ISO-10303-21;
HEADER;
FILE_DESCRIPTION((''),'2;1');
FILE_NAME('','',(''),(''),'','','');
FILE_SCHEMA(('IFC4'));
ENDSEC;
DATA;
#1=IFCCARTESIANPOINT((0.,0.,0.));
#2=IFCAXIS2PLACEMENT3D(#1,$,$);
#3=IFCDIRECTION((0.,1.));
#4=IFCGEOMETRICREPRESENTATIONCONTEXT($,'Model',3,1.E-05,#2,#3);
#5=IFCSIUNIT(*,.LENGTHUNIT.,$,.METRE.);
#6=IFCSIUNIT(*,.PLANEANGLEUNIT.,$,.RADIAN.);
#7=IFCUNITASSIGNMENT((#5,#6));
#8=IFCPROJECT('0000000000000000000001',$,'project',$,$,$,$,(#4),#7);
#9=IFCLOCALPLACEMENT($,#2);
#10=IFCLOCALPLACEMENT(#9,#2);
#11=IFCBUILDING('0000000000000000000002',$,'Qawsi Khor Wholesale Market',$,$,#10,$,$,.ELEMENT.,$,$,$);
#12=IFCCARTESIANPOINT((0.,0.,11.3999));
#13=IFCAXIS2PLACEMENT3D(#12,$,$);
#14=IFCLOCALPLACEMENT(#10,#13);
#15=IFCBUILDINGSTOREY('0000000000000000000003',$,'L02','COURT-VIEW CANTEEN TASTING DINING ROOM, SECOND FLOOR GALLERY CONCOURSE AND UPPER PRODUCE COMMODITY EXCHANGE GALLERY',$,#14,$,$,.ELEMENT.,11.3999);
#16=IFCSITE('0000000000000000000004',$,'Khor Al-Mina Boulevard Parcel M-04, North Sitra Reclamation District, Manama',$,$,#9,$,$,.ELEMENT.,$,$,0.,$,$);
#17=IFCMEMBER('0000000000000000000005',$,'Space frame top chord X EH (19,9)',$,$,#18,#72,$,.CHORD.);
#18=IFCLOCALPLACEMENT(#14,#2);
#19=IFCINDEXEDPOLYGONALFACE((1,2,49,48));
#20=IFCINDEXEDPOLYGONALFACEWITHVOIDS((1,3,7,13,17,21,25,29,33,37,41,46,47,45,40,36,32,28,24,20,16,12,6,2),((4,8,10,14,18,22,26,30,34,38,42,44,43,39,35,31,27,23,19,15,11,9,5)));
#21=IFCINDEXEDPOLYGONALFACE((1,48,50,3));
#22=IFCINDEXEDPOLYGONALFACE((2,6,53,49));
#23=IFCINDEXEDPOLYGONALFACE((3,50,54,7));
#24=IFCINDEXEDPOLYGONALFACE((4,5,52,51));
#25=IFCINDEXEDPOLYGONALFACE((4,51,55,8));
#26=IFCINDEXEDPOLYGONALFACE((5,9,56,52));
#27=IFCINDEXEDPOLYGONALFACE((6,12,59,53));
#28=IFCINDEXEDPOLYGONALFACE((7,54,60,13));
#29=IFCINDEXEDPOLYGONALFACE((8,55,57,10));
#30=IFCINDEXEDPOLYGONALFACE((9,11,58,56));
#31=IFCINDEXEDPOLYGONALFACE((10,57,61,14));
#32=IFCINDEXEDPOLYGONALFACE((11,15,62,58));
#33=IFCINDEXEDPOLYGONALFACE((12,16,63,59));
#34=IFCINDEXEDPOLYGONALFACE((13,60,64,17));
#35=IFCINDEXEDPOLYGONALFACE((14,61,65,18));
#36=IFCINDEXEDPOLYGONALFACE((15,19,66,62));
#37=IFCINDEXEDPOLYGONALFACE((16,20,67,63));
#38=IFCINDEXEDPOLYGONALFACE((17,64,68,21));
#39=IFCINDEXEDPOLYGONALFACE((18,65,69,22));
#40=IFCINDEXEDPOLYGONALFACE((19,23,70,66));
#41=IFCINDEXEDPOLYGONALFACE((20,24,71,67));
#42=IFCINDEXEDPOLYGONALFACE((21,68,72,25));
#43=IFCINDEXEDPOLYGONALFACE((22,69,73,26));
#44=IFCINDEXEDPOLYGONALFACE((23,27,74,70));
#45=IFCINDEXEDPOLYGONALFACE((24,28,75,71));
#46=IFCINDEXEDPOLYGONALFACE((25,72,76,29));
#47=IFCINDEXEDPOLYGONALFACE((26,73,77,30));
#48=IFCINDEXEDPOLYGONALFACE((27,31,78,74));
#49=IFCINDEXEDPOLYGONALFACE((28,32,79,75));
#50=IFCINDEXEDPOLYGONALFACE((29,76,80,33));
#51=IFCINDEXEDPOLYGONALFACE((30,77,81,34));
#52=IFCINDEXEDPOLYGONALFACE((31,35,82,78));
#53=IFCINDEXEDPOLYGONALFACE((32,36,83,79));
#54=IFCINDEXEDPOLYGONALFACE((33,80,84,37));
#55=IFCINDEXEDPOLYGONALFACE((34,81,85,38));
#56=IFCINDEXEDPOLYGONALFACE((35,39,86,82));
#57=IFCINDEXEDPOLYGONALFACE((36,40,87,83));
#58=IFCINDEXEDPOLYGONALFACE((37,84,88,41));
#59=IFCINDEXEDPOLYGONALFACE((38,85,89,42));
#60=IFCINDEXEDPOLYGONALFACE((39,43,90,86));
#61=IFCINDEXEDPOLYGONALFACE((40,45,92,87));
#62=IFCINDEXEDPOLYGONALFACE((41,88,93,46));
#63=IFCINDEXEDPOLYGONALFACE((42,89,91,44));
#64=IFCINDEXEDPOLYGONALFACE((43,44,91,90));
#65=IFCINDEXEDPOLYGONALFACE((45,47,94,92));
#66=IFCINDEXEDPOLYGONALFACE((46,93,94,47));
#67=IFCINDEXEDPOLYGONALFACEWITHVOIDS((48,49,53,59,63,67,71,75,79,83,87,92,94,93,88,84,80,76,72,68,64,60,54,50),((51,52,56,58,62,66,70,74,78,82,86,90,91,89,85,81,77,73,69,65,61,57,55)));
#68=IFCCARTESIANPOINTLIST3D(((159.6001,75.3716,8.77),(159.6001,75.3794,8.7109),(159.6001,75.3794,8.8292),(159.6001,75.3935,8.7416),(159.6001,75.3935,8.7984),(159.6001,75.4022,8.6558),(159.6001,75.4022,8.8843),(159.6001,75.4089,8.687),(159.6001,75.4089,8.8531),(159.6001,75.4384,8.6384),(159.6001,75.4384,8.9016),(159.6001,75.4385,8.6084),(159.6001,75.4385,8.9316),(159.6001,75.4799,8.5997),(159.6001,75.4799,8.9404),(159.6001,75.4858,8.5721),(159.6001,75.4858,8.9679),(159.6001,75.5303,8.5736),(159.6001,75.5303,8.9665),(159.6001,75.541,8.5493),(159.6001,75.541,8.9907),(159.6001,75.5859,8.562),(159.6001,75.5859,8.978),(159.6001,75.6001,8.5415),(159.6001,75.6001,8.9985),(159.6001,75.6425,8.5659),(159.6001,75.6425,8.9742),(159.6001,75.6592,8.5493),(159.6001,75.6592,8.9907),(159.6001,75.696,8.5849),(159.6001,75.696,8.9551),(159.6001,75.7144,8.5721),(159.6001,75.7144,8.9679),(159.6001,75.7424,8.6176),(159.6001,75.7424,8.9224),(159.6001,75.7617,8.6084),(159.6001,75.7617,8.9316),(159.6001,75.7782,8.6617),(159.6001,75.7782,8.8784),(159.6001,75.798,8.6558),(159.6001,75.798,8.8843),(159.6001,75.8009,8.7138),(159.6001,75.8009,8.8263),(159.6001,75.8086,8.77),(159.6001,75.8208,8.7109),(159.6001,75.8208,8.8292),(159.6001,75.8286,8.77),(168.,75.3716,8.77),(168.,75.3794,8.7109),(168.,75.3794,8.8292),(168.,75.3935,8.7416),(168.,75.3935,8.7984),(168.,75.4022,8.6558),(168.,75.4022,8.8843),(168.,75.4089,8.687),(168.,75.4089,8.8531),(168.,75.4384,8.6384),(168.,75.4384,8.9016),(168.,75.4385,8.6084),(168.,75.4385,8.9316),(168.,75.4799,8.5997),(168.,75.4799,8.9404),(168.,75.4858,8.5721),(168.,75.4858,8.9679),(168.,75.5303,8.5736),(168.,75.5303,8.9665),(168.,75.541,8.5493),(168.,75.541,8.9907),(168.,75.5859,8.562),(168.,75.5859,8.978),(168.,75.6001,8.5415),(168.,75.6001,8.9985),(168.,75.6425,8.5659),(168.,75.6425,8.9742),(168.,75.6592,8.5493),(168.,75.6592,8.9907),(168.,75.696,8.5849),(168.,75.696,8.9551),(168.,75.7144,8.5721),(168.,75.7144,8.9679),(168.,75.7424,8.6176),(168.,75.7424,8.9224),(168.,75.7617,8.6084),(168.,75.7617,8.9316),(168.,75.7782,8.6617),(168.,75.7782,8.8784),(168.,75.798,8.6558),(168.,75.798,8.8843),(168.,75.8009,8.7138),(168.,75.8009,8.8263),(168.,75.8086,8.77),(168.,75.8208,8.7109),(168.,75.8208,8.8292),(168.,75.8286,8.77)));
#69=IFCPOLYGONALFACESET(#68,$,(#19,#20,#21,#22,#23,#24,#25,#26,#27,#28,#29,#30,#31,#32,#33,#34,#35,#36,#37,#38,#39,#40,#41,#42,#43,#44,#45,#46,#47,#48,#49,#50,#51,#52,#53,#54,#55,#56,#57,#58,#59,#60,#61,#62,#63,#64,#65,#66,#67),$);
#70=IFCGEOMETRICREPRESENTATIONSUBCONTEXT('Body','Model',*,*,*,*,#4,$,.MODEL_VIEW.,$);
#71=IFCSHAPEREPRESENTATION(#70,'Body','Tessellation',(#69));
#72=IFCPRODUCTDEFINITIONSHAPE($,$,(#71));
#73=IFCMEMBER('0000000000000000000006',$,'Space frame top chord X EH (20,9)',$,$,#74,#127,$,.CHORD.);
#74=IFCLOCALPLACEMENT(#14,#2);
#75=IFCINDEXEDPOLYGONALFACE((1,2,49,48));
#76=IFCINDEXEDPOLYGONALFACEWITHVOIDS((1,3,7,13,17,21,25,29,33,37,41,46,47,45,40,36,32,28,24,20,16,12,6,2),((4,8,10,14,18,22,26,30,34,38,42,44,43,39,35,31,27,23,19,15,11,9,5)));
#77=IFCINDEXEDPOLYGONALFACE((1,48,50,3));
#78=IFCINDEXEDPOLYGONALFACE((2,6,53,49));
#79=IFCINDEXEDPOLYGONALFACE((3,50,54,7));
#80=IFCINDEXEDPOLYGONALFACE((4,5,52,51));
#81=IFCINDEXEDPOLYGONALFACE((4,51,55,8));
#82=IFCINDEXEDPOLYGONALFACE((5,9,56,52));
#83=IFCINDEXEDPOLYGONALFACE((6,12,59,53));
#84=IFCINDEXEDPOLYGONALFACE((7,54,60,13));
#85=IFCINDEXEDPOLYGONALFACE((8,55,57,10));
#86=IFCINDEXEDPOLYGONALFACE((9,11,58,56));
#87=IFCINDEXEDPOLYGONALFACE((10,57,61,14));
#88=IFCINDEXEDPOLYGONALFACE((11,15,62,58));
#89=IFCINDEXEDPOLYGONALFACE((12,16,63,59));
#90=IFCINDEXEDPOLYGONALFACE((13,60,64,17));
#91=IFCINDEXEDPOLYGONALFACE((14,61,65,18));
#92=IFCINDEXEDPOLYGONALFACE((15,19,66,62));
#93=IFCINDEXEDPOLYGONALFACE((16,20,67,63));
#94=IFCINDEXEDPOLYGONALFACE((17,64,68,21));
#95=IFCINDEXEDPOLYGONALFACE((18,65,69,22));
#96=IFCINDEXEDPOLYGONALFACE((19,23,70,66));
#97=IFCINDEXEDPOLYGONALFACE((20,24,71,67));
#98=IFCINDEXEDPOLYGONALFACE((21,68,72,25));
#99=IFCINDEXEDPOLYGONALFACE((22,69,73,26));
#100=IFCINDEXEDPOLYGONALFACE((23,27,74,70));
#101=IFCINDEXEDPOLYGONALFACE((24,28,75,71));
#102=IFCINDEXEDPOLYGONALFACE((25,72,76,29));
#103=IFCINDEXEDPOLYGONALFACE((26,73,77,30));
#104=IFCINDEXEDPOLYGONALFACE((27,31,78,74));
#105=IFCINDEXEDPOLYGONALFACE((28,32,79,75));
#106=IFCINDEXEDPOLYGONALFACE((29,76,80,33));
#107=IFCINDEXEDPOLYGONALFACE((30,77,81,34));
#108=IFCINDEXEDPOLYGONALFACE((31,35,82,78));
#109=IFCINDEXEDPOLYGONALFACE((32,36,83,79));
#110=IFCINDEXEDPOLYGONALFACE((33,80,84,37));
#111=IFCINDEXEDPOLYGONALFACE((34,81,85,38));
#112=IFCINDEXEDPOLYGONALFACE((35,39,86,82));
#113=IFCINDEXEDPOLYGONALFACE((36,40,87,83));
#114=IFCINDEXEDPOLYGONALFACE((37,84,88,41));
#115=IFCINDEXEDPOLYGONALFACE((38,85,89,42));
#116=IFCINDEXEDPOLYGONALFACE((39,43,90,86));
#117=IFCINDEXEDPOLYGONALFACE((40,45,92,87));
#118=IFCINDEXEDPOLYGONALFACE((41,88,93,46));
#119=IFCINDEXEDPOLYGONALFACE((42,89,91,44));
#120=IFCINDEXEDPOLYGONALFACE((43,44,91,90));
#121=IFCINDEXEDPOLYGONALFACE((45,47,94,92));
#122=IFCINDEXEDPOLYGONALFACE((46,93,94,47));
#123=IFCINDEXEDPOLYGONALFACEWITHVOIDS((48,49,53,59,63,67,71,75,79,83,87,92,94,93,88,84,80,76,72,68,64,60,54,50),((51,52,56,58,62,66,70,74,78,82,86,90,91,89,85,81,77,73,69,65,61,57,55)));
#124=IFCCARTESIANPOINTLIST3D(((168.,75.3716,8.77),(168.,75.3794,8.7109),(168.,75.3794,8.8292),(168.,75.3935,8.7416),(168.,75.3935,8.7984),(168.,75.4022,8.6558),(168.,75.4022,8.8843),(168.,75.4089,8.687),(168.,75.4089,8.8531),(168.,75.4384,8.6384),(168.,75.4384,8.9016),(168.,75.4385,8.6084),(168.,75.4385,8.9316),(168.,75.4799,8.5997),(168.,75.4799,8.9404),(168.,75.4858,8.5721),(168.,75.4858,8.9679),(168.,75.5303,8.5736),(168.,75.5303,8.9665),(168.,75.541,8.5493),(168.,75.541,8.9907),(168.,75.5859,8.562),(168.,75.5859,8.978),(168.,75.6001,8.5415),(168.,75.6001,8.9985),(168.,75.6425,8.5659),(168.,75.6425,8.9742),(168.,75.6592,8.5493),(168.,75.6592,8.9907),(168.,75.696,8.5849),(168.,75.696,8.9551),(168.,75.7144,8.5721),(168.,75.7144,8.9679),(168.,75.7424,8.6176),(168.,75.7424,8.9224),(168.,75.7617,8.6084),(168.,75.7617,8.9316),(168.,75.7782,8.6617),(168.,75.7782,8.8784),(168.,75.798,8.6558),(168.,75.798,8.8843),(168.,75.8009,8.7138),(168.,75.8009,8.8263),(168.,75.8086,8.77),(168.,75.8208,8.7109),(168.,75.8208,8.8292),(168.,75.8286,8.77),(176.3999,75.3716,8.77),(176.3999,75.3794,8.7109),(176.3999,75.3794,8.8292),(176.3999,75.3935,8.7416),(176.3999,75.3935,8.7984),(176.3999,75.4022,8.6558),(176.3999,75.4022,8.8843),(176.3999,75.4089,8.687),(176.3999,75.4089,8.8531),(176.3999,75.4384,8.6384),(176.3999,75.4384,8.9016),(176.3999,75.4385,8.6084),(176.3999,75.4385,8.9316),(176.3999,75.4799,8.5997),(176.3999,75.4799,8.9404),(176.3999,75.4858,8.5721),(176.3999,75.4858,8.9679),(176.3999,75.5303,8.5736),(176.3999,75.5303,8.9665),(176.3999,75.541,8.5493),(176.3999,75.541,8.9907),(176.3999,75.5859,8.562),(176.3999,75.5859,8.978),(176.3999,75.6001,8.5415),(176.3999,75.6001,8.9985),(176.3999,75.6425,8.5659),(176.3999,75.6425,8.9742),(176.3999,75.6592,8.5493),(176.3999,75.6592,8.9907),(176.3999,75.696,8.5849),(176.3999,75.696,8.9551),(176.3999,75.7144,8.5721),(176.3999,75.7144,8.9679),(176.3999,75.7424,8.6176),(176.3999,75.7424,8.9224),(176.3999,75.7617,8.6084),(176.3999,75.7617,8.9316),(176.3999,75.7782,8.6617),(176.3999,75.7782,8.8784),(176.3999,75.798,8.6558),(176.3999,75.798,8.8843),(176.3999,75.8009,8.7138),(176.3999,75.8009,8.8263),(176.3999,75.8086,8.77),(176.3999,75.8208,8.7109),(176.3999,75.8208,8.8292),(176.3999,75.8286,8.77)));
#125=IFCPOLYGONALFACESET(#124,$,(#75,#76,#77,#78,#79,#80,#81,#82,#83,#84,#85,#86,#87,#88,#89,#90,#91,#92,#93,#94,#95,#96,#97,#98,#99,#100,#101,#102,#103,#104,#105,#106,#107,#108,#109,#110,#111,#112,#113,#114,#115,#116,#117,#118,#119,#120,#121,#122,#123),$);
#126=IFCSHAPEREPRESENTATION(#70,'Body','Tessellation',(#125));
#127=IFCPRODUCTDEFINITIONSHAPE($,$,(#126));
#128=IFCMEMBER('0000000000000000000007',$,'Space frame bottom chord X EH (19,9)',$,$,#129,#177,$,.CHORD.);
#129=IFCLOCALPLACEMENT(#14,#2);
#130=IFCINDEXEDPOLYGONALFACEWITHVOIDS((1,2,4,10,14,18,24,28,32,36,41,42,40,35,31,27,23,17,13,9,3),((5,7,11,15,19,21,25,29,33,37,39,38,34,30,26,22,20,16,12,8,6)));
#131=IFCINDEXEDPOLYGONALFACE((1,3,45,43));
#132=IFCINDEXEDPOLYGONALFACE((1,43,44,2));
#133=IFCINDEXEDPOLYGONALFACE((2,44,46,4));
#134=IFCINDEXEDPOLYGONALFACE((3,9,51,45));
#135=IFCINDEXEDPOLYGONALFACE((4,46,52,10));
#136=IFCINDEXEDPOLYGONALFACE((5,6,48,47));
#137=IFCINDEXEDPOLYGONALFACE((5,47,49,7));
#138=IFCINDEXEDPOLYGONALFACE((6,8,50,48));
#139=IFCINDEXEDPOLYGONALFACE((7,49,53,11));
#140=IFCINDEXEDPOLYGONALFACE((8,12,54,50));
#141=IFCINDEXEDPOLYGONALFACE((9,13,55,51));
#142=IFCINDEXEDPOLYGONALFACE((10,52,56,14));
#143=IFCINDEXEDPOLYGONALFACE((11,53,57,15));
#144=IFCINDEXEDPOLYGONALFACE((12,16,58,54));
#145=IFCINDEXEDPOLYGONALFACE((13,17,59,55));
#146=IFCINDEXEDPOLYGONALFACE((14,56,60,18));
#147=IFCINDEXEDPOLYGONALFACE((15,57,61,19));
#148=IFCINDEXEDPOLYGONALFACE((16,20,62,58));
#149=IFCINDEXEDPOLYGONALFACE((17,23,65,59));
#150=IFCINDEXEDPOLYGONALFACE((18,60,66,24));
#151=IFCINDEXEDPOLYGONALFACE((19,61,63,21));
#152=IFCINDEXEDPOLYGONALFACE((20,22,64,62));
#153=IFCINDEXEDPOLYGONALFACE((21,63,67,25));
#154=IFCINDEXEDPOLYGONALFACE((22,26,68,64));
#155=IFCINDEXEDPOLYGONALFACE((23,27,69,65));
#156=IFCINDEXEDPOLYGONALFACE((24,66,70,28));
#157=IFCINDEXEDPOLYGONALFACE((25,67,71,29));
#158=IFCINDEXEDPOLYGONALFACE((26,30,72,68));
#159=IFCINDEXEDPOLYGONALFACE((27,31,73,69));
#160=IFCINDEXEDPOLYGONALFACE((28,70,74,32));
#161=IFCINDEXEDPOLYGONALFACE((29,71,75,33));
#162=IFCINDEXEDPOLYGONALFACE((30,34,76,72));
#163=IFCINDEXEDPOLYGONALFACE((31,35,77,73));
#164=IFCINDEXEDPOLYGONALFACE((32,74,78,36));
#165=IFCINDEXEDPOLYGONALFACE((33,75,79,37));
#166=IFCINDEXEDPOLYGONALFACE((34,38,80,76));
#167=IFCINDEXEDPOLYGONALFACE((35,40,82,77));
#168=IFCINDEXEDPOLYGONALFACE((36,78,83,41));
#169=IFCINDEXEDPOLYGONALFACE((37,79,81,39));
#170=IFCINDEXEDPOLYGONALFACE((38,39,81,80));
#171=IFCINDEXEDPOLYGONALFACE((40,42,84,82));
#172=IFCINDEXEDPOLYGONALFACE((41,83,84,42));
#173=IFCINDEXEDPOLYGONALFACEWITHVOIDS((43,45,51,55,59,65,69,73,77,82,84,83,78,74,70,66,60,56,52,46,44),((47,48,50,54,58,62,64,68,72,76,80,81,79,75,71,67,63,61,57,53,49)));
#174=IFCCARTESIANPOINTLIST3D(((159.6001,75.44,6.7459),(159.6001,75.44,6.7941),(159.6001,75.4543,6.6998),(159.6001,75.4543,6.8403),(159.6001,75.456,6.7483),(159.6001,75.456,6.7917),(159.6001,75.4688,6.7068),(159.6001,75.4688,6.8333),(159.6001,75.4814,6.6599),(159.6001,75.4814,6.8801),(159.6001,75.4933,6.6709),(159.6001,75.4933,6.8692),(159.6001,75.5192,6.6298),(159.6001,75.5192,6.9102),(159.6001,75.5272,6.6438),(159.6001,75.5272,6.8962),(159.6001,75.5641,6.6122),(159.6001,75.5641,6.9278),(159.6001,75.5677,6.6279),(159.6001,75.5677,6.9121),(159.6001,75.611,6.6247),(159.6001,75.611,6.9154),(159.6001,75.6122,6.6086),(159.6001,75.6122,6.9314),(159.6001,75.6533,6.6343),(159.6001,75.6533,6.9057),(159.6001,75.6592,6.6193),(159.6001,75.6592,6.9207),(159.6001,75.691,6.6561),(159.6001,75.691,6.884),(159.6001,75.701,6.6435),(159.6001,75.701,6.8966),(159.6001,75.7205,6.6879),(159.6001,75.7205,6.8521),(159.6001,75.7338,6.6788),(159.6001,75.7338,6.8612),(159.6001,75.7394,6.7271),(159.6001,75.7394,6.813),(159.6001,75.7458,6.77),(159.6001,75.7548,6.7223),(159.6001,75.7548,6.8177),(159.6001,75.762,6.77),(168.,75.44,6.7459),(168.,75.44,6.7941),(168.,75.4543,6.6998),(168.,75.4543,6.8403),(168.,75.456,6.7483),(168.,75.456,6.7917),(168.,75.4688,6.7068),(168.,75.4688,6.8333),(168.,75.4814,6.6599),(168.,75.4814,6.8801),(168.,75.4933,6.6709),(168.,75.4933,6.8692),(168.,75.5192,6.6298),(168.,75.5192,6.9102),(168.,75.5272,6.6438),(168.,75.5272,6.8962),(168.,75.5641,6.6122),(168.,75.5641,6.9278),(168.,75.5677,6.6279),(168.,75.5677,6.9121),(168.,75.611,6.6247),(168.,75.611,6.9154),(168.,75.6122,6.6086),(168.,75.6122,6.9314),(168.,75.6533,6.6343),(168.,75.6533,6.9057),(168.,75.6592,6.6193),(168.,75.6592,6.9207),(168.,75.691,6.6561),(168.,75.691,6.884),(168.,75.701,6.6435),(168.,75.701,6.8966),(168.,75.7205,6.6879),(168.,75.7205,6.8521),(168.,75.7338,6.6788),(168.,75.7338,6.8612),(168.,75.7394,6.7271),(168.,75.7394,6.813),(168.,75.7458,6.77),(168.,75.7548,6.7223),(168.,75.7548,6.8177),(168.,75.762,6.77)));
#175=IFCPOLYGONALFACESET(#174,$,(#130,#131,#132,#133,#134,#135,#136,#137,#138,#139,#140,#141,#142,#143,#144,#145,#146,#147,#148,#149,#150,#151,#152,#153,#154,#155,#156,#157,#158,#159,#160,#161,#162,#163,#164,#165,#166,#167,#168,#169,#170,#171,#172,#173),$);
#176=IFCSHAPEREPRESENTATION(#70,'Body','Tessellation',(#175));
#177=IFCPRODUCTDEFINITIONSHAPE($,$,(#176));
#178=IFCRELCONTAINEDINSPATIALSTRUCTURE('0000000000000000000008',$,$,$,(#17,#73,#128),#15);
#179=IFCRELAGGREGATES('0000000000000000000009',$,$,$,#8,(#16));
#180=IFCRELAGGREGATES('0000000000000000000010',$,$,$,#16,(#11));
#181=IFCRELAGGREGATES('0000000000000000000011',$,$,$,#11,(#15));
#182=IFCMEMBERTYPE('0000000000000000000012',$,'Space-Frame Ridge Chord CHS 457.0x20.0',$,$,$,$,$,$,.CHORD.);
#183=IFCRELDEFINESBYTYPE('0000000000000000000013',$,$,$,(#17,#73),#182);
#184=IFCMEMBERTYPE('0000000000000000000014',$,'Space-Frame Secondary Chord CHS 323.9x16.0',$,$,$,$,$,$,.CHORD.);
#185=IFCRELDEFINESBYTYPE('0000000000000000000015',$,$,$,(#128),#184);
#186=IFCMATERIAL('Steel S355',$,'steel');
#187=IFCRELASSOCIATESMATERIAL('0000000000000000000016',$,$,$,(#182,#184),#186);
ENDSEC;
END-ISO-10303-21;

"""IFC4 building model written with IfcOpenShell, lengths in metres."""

from ifc_helpers import new_model, si_unit, direction, frame, origin, origin_2d, place, context, subcontext, project, spatial, hollow_circle, extrude, material, material_profile, profile_set, type_object, element, save


model = new_model("IFC4")

# Units and contexts
model_context = context("Model", 3, precision=1e-05, world=origin(), true_north=direction((0.0, 1.0)))
body_context = subcontext(model_context, "Body", "Model", "MODEL_VIEW")
ifc_project = project(units=[si_unit("LENGTHUNIT", "METRE"), si_unit("PLANEANGLEUNIT", "RADIAN")], contexts=[model_context])

# Site, building, storey
site_placement = place(None, origin())
site = spatial("IfcSite", under=ifc_project, at=site_placement, Name="Khor Al-Mina Boulevard Parcel M-04, North Sitra Reclamation District, Manama", CompositionType="ELEMENT", RefElevation=0.0)
building_placement = place(site_placement, origin())
building = spatial("IfcBuilding", under=site, at=building_placement, Name="Qawsi Khor Wholesale Market", CompositionType="ELEMENT")
storey_placement = place(building_placement, frame((0.0, 0.0, 11.3999)))
storey = spatial("IfcBuildingStorey", under=building, at=storey_placement, Name="L02", Description="COURT-VIEW CANTEEN TASTING DINING ROOM, SECOND FLOOR GALLERY CONCOURSE AND UPPER PRODUCE COMMODITY EXCHANGE GALLERY", CompositionType="ELEMENT", Elevation=11.3999)

# Members
ifc_material_1 = material(Name="Steel S355", Category="steel")
ifc_material_profile_1 = material_profile(ifc_material_1, hollow_circle(Radius=0.2285, WallThickness=0.02, at=origin_2d()), Name="CHS 457.0x20.0")
ifc_profile_set_1 = profile_set([ifc_material_profile_1], Name="Steel S355")
member_type_1 = type_object("IfcMemberType", Name="Space-Frame Ridge Chord CHS 457.0x20.0", PredefinedType="CHORD", material=ifc_profile_set_1)
for number, where, z_axis, x_axis, name in (
    (1, (159.6001, 75.6001, 8.77), (1.0, 0.0, 0.0), (0.0, 1.0, 0.0), "Space frame top chord X EH (19,9)"),
    (2, (168.0, 75.6001, 8.77), (1.0, 0.0, 0.0), (0.0, 1.0, 0.0), "Space frame top chord X EH (20,9)"),
):
    element("IfcMember", number, at=place(storey_placement, frame(where, z_axis=z_axis, x_axis=x_axis)), inside=storey, type_object=member_type_1, Name=name, PredefinedType="CHORD", context=body_context, shape_type="SweptSolid", body=[
        extrude(hollow_circle(Radius=0.2285, WallThickness=0.02, at=origin_2d()), origin(), (0.0, 0.0, 1.0), 8.3999),
    ])
ifc_material_profile_2 = material_profile(ifc_material_1, hollow_circle(Radius=0.1619, WallThickness=0.0161, at=origin_2d()), Name="CHS 323.9x16.0")
ifc_profile_set_2 = profile_set([ifc_material_profile_2], Name="Steel S355")
member_type_2 = type_object("IfcMemberType", Name="Space-Frame Secondary Chord CHS 323.9x16.0", PredefinedType="CHORD", material=ifc_profile_set_2)
for number, where, z_axis, x_axis, name in (
    (3, (159.6001, 75.6001, 6.77), (1.0, 0.0, 0.0), (0.0, 1.0, 0.0), "Space frame bottom chord X EH (19,9)"),
):
    element("IfcMember", number, at=place(storey_placement, frame(where, z_axis=z_axis, x_axis=x_axis)), inside=storey, type_object=member_type_2, Name=name, PredefinedType="CHORD", context=body_context, shape_type="SweptSolid", body=[
        extrude(hollow_circle(Radius=0.1619, WallThickness=0.0161, at=origin_2d()), origin(), (0.0, 0.0, 1.0), 8.3999),
    ])

save(model, "model.ifc")
